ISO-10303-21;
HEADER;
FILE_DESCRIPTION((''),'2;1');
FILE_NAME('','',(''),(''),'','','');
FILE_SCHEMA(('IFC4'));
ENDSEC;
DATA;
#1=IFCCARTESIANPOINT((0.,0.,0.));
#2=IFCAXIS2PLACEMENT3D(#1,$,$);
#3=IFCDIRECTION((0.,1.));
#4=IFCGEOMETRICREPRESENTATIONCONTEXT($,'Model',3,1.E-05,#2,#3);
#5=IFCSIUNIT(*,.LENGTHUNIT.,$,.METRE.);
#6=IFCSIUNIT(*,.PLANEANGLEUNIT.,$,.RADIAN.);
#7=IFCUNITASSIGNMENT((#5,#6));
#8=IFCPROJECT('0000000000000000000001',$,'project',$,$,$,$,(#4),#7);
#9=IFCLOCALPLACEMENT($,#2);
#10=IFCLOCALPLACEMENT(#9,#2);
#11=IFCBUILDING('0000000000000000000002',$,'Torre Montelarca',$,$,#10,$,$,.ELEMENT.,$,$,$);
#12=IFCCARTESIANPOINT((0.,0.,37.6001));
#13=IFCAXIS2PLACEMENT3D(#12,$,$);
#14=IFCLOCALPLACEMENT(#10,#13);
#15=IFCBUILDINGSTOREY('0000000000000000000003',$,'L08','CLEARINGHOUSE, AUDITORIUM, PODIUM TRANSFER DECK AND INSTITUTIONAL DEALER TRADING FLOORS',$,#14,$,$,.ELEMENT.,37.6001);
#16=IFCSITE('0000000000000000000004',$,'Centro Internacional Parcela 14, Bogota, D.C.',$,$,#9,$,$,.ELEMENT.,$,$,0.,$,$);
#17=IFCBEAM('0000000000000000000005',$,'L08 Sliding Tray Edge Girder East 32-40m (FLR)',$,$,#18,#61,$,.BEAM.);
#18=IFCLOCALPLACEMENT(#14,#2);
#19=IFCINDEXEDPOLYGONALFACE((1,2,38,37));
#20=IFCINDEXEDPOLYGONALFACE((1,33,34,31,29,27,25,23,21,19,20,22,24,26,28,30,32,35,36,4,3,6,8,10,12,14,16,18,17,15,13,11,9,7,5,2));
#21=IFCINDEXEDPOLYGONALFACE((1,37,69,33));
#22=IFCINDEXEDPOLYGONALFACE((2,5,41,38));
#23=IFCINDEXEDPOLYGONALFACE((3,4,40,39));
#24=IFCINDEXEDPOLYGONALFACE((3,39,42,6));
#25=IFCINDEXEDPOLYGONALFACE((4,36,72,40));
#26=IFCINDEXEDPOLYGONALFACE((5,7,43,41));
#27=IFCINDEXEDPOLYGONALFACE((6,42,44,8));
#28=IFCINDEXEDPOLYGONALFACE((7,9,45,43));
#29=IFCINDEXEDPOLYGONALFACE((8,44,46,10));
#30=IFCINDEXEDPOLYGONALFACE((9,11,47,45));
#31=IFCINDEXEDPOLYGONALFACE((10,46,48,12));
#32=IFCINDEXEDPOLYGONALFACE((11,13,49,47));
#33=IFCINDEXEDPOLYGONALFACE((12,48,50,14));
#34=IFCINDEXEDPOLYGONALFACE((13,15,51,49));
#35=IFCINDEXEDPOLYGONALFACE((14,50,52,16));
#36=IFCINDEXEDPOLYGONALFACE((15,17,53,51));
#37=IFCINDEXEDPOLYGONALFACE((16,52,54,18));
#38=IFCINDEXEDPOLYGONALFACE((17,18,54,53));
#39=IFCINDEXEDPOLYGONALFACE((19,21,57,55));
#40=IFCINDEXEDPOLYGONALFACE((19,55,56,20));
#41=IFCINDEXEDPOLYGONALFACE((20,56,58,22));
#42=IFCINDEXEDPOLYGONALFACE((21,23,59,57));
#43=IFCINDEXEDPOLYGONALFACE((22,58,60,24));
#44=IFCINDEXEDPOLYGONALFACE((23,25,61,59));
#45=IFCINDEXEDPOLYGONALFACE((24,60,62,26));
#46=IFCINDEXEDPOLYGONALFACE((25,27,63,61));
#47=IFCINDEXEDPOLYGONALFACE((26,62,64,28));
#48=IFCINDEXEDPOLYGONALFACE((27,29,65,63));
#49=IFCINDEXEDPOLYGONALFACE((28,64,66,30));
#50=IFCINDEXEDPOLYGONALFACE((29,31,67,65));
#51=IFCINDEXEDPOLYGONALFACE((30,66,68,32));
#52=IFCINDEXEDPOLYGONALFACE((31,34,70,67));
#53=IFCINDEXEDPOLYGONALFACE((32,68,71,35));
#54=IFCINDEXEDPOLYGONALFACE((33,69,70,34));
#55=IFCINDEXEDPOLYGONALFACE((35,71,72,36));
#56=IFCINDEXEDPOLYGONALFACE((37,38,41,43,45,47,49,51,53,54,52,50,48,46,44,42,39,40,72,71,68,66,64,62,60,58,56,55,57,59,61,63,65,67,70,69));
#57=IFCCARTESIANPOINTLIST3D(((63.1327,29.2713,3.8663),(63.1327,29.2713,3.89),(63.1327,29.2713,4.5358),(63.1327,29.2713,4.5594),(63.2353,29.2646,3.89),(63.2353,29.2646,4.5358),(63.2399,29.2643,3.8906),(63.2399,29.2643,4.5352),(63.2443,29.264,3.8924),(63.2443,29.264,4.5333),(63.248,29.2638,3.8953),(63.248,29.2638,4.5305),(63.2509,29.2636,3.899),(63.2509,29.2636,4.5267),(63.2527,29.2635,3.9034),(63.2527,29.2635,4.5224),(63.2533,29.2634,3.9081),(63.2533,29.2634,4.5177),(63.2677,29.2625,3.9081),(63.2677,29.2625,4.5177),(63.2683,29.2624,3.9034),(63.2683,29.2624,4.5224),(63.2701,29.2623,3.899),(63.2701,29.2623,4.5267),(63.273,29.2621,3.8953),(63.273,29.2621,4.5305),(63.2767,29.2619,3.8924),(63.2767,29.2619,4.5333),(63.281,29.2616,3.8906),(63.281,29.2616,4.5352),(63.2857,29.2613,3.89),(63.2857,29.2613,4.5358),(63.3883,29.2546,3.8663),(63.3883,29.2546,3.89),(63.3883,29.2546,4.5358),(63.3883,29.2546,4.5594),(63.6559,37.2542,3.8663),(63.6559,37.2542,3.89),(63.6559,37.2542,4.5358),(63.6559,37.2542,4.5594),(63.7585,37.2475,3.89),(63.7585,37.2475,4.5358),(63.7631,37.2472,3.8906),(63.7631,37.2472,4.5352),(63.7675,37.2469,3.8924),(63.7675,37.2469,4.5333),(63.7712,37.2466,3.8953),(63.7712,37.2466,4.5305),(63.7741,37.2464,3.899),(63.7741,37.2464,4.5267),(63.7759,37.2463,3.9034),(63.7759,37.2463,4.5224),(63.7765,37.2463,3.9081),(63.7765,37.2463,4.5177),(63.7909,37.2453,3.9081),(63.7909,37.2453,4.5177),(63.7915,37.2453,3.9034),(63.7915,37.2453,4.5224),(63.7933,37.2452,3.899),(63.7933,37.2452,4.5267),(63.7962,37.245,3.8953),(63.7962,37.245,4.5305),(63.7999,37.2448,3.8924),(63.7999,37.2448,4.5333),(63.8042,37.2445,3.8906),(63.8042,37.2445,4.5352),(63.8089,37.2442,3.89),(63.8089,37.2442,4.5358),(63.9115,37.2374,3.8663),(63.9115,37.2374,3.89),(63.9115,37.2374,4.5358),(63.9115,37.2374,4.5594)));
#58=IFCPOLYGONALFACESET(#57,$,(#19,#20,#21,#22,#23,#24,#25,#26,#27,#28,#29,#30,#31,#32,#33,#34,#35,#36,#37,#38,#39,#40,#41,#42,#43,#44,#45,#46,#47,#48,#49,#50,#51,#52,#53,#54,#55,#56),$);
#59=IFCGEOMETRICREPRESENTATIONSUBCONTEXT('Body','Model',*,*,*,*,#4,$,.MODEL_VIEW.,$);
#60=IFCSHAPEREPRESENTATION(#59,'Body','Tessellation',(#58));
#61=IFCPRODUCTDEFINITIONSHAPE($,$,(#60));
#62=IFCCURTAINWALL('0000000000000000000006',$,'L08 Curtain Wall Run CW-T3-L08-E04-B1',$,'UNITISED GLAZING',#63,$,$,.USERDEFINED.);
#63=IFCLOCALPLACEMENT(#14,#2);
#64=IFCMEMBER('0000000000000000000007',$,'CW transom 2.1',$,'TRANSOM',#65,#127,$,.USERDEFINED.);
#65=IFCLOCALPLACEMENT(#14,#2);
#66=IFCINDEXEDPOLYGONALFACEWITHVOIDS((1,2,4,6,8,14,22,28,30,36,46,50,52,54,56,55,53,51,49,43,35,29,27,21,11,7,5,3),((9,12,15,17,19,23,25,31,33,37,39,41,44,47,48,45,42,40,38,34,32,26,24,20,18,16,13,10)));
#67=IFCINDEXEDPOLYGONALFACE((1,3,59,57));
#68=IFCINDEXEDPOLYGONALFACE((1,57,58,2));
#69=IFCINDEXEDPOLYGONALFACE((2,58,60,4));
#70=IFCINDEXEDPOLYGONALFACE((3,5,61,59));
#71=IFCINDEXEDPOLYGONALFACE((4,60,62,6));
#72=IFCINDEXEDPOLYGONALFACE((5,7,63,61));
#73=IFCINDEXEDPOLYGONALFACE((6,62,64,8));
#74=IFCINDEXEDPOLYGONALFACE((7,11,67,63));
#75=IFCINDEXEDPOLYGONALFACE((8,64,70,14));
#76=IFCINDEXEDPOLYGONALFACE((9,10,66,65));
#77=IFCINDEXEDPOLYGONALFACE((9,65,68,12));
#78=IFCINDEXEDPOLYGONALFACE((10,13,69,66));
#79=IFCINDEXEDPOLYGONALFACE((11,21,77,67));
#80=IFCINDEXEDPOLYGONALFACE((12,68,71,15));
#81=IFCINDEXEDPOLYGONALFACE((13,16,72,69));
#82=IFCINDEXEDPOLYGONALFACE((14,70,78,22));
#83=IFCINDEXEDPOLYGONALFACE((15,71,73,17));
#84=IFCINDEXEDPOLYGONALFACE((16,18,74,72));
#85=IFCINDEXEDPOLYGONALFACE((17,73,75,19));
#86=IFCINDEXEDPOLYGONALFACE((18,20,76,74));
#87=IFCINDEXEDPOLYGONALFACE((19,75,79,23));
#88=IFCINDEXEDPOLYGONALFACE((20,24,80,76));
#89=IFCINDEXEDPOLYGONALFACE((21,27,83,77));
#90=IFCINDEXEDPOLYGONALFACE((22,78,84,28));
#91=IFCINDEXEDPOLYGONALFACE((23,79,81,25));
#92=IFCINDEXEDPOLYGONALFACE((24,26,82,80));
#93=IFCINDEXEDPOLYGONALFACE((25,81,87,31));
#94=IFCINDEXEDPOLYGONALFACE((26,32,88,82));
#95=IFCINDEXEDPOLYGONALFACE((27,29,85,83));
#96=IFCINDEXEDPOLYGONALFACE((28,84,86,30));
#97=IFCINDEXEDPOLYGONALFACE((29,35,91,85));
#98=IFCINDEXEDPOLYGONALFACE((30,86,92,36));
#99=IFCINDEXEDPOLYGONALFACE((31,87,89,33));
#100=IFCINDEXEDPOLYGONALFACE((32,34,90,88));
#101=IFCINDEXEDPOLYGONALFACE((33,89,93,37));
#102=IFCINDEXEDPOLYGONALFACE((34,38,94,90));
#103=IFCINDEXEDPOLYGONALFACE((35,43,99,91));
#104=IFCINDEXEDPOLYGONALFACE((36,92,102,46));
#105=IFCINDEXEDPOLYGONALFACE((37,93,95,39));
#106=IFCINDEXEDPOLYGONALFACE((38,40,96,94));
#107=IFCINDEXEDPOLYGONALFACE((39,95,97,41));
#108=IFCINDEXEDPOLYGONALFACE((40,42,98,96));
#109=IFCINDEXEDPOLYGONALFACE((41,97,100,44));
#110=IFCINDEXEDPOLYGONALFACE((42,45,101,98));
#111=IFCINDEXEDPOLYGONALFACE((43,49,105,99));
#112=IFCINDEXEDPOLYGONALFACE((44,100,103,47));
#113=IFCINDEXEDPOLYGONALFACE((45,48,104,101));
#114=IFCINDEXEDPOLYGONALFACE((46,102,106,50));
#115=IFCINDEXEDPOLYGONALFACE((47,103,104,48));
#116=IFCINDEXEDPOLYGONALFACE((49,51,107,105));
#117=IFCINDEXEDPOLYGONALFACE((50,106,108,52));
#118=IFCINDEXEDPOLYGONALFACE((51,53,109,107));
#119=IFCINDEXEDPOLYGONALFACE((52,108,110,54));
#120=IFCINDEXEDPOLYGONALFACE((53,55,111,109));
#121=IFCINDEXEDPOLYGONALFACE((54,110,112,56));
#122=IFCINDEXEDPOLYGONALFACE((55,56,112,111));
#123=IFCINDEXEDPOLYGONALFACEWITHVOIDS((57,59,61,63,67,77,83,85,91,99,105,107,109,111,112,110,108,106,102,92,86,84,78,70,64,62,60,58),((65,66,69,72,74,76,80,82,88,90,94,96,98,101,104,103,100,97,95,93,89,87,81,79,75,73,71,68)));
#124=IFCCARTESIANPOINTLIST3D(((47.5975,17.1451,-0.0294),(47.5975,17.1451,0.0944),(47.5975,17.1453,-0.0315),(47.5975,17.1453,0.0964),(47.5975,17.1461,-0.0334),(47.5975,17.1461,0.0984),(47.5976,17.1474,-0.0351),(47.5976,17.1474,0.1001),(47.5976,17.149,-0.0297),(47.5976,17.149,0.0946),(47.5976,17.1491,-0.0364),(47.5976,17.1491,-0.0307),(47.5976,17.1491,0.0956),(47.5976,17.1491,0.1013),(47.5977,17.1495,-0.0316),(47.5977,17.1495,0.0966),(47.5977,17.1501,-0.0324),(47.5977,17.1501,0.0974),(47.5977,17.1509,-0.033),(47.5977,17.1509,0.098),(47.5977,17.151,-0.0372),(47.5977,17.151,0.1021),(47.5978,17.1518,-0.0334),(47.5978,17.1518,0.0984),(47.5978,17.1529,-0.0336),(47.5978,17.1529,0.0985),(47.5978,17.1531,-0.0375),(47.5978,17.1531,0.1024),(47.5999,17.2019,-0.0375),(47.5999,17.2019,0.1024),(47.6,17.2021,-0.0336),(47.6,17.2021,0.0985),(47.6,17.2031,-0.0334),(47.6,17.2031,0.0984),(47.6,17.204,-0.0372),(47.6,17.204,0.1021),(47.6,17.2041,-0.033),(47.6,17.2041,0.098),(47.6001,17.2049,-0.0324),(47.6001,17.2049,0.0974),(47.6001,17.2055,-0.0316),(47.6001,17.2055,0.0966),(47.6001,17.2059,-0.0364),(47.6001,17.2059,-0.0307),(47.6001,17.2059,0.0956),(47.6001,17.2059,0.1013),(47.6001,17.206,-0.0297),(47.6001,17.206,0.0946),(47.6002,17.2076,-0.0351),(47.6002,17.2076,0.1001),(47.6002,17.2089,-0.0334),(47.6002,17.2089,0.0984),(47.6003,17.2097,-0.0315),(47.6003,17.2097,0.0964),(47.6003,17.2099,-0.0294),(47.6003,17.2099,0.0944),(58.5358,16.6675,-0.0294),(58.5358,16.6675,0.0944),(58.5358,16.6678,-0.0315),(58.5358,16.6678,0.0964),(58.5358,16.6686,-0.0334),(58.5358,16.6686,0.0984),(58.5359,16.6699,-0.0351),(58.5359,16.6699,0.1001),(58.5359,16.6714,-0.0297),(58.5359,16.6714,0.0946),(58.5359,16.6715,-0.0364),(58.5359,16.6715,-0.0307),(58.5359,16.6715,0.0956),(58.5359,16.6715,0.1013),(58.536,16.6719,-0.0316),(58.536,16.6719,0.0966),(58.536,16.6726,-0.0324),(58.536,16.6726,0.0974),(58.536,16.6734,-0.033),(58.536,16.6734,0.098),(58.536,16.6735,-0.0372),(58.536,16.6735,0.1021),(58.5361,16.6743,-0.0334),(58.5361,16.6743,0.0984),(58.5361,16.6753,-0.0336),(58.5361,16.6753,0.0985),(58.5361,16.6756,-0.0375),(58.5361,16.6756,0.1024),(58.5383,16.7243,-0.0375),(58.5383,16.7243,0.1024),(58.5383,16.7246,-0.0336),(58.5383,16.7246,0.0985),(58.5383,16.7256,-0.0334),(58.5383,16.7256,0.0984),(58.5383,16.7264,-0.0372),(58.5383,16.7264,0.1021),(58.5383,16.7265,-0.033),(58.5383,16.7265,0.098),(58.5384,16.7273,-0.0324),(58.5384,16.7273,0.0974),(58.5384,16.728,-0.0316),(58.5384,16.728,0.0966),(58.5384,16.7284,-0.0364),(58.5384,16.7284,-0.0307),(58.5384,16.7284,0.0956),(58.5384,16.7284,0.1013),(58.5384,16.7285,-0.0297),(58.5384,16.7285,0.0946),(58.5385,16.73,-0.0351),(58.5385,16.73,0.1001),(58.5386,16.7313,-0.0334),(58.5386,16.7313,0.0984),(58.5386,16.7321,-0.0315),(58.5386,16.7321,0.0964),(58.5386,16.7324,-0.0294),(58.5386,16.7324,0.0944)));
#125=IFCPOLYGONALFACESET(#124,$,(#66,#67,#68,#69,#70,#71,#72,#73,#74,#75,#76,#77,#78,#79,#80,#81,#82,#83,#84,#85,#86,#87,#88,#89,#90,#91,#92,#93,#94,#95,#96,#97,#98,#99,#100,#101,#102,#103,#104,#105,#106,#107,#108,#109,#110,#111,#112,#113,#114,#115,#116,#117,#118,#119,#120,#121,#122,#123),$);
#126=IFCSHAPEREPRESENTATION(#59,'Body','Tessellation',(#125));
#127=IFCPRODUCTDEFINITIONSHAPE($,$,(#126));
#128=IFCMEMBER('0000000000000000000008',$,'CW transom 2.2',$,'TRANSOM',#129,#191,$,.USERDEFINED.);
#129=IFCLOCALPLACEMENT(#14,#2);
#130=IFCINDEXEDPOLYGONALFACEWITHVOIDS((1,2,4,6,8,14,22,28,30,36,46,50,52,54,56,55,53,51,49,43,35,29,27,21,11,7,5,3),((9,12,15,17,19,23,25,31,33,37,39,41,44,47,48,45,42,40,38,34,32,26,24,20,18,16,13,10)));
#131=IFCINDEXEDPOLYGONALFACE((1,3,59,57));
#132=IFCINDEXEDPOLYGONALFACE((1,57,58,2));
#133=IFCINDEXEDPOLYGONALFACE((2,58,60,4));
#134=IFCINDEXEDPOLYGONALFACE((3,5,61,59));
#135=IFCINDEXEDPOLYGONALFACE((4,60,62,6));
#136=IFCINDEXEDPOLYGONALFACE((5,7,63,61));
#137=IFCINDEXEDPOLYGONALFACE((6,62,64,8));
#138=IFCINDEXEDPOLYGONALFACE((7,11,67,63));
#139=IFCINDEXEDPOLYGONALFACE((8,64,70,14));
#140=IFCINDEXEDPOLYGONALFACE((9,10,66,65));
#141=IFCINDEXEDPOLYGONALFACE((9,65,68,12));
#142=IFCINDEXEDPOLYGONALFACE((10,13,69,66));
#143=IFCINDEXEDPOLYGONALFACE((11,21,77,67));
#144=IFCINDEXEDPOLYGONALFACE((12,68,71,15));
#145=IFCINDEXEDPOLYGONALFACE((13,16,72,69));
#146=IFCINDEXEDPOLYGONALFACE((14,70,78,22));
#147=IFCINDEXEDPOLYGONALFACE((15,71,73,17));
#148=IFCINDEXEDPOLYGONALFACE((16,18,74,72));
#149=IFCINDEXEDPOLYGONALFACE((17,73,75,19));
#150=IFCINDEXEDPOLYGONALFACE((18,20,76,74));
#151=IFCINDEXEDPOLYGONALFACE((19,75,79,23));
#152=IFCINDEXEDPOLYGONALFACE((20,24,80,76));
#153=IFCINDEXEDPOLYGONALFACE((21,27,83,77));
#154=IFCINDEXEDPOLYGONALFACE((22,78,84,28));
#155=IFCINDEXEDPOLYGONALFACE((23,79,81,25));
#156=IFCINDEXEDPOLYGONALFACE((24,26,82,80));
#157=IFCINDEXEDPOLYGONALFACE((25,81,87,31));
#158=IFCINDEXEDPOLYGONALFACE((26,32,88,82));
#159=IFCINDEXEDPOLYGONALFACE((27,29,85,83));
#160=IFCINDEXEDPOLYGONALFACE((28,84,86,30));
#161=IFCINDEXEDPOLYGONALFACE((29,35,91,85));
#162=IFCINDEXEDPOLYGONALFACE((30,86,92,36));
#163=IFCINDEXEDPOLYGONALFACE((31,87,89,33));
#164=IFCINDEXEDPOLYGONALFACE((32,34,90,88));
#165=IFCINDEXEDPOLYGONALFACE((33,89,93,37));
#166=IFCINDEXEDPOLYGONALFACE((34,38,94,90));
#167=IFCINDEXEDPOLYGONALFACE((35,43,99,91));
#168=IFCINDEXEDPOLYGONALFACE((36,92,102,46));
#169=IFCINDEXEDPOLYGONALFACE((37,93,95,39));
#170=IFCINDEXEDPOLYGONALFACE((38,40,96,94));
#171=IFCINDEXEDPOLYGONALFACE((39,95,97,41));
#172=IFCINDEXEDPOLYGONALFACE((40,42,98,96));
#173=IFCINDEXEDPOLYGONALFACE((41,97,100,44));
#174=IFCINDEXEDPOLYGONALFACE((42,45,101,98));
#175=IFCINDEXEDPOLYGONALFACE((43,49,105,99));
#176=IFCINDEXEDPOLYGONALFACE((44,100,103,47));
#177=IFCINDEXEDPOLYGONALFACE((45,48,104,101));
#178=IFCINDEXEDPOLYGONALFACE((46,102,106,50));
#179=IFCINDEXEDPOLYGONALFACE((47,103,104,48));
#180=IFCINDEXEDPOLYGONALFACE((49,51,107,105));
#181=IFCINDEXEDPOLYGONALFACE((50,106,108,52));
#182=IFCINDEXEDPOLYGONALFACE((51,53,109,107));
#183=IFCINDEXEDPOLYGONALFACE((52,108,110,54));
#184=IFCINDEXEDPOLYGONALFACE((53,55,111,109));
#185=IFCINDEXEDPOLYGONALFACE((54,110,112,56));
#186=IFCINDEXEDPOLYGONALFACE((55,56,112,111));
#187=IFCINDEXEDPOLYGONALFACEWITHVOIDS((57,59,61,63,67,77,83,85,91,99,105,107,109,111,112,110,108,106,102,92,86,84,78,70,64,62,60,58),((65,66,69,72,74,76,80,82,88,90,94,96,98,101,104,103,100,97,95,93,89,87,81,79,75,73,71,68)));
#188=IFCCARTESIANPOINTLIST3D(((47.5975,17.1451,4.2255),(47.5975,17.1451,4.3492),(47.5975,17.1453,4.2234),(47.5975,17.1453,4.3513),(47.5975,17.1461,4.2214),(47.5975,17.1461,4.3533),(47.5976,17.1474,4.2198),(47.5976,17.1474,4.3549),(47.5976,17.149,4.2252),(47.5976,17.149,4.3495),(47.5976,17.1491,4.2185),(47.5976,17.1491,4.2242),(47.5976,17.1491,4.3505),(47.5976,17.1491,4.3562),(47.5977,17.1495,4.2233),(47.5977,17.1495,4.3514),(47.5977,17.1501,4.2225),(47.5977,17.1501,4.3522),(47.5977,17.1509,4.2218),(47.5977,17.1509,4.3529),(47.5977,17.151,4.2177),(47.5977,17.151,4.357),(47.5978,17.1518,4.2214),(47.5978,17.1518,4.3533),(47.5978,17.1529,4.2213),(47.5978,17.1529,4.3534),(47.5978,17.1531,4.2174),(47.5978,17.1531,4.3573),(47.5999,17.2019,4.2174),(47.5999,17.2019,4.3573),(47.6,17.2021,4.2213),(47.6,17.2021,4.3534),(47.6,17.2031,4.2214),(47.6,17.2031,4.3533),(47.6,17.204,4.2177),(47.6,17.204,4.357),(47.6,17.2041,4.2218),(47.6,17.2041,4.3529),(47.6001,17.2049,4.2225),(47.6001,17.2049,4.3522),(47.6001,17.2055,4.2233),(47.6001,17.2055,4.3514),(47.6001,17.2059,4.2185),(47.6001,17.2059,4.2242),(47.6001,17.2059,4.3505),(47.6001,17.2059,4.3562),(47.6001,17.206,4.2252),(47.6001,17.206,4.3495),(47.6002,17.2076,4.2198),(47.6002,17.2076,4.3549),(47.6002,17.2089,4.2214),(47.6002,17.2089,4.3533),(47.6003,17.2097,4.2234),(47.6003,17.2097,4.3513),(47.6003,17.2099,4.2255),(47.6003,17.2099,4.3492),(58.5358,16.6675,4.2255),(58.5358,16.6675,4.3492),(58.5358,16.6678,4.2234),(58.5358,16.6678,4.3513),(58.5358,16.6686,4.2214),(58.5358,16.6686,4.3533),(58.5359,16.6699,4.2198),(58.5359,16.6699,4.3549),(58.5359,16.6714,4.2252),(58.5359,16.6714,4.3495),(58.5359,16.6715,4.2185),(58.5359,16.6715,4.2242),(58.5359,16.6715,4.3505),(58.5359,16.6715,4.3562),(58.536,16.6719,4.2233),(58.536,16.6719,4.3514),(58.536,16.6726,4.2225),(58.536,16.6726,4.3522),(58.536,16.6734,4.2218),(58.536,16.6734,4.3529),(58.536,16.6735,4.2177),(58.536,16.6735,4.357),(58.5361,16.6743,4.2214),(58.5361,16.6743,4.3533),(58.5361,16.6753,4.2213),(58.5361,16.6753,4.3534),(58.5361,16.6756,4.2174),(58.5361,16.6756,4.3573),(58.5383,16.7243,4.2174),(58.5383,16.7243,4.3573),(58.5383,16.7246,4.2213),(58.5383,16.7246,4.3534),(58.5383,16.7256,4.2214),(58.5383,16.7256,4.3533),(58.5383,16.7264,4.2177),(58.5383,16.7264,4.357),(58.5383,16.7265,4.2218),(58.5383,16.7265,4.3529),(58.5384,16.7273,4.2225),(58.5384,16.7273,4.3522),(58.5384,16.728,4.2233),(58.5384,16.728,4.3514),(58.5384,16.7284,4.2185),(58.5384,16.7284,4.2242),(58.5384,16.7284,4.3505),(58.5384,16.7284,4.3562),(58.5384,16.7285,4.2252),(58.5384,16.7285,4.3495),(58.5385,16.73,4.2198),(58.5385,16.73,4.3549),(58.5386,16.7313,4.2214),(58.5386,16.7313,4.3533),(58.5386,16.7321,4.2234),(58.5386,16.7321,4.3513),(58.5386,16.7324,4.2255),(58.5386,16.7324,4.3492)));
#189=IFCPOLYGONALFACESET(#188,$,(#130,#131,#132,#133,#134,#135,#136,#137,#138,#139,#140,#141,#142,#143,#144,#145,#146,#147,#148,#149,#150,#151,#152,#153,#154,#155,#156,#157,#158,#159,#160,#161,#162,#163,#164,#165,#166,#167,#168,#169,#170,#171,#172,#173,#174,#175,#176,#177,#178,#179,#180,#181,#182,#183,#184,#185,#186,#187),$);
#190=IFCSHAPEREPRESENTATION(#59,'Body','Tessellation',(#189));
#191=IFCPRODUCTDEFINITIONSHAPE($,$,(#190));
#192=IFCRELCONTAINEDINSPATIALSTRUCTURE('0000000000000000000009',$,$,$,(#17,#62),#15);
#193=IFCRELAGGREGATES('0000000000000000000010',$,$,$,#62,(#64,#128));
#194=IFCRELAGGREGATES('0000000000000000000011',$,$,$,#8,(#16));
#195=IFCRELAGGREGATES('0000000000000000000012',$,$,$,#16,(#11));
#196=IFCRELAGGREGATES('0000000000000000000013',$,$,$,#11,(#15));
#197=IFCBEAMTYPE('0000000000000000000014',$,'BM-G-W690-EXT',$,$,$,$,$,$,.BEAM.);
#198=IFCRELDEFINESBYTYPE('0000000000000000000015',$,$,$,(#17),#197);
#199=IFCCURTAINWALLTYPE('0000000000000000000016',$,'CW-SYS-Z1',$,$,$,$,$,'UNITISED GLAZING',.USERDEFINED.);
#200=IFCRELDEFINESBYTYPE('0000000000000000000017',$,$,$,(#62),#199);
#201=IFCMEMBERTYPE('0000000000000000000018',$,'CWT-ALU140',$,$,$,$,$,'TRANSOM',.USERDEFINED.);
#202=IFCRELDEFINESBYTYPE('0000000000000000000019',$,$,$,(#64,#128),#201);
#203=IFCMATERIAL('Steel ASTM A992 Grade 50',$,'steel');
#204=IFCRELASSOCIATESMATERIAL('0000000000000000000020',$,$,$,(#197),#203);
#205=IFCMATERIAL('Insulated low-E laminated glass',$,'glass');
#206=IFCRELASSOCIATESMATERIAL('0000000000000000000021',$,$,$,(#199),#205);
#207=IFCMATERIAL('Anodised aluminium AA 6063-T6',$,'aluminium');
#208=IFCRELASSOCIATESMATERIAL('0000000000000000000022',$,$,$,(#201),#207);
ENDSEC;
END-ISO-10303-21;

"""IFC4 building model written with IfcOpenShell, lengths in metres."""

from ifc_helpers import new_model, si_unit, direction, frame, origin, origin_2d, place, context, subcontext, project, spatial, hollow_rectangle, i_section, extrude, source, transform, mapped, material, material_profile, profile_set, type_object, element, aggregate, save


model = new_model("IFC4")

# Units and contexts
model_context = context("Model", 3, precision=1e-05, world=origin(), true_north=direction((0.0, 1.0)))
body_context = subcontext(model_context, "Body", "Model", "MODEL_VIEW")
ifc_project = project(units=[si_unit("LENGTHUNIT", "METRE"), si_unit("PLANEANGLEUNIT", "RADIAN")], contexts=[model_context])

# Site, building, storey
site_placement = place(None, origin())
site = spatial("IfcSite", under=ifc_project, at=site_placement, Name="Centro Internacional Parcela 14, Bogota, D.C.", CompositionType="ELEMENT", RefElevation=0.0)
building_placement = place(site_placement, origin())
building = spatial("IfcBuilding", under=site, at=building_placement, Name="Torre Montelarca", CompositionType="ELEMENT")
storey_placement = place(building_placement, frame((0.0, 0.0, 37.6001)))
storey = spatial("IfcBuildingStorey", under=building, at=storey_placement, Name="L08", Description="CLEARINGHOUSE, AUDITORIUM, PODIUM TRANSFER DECK AND INSTITUTIONAL DEALER TRADING FLOORS", CompositionType="ELEMENT", Elevation=37.6001)

# Shared definitions
ifc_material_1 = material(Name="Steel ASTM A992 Grade 50", Category="steel")

# Beam
ifc_material_profile_1 = material_profile(ifc_material_1, i_section(OverallWidth=0.2561, OverallDepth=0.6931, WebThickness=0.0144, FlangeThickness=0.0237, FilletRadius=0.0181, at=origin_2d()), Name="W690X170", Category="steel")
ifc_profile_set_1 = profile_set([ifc_material_profile_1], Name="Steel ASTM A992 Grade 50")
beam_type_1 = type_object("IfcBeamType", Name="BM-G-W690-EXT", PredefinedType="BEAM", material=ifc_profile_set_1)
shared_shape_1 = source(origin(), body_context, "Body", "SweptSolid", [
    extrude(i_section(OverallWidth=0.2561, OverallDepth=0.6931, WebThickness=0.0144, FlangeThickness=0.0237, FilletRadius=0.0181, at=origin_2d()), origin(), (0.0, 0.0, 1.0), 8.0),
])
for number, where, z_axis, x_axis, name in (
    (1, (63.2605, 29.2629, 4.2129), (0.065399, 0.997859, 0.0), (-0.997859, 0.065399, 0.0), "L08 Sliding Tray Edge Girder East 32-40m (FLR)"),
):
    element("IfcBeam", number, at=place(storey_placement, frame(where, z_axis=z_axis, x_axis=x_axis)), inside=storey, type_object=beam_type_1, Name=name, PredefinedType="BEAM", context=body_context, shape_type="MappedRepresentation", body=[
        mapped(shared_shape_1, transform((0.0, 0.0, 0.0), scale=1.0)),
    ])

# Curtain wall, members
ifc_material_2 = material(Name="Insulated low-E laminated glass", Category="glass")
curtain_wall_type = type_object("IfcCurtainWallType", Name="CW-SYS-Z1", ElementType="UNITISED GLAZING", PredefinedType="USERDEFINED", material=ifc_material_2)
curtain_wall_1_placement = place(storey_placement, origin())
curtain_wall_1 = element("IfcCurtainWall", 2, at=curtain_wall_1_placement, inside=storey, type_object=curtain_wall_type, Name="L08 Curtain Wall Run CW-T3-L08-E04-B1", ObjectType="UNITISED GLAZING", PredefinedType="USERDEFINED")
ifc_material_3 = material(Name="Anodised aluminium AA 6063-T6", Category="aluminium")
ifc_material_profile_2 = material_profile(ifc_material_3, hollow_rectangle(XDim=0.0649, YDim=0.1399, WallThickness=0.0039, InnerFilletRadius=0.0039, OuterFilletRadius=0.0081, at=origin_2d()), Name="ALU65X140X4", Category="aluminium")
ifc_profile_set_2 = profile_set([ifc_material_profile_2], Name="Anodised aluminium AA 6063-T6")
member_type_1 = type_object("IfcMemberType", Name="CWT-ALU140", ElementType="TRANSOM", PredefinedType="USERDEFINED", material=ifc_profile_set_2)
shared_shape_2 = source(origin(), body_context, "Body", "SweptSolid", [
    extrude(hollow_rectangle(XDim=0.0649, YDim=0.1399, WallThickness=0.0039, InnerFilletRadius=0.0039, OuterFilletRadius=0.0081, at=origin_2d()), origin(), (0.0, 0.0, 1.0), 10.9487),
])
member_1_placement = place(storey_placement, frame((47.5989, 17.1775, 0.0325), z_axis=(0.999048, -0.043616, 0.0), x_axis=(0.043616, 0.999048, 0.0)))
member_1 = element("IfcMember", 3, at=member_1_placement, type_object=member_type_1, Name="CW transom 2.1", ObjectType="TRANSOM", PredefinedType="USERDEFINED", context=body_context, shape_type="MappedRepresentation", body=[
    mapped(shared_shape_2, transform((0.0, 0.0, 0.0), scale=1.0)),
])
member_2_placement = place(storey_placement, frame((47.5989, 17.1775, 4.2874), z_axis=(0.999048, -0.043616, 0.0), x_axis=(0.043616, 0.999048, 0.0)))
member_2 = element("IfcMember", 4, at=member_2_placement, type_object=member_type_1, Name="CW transom 2.2", ObjectType="TRANSOM", PredefinedType="USERDEFINED", context=body_context, shape_type="MappedRepresentation", body=[
    mapped(shared_shape_2, transform((0.0, 0.0, 0.0), scale=1.0)),
])

aggregate(curtain_wall_1, [member_1, member_2])

save(model, "model.ifc")
